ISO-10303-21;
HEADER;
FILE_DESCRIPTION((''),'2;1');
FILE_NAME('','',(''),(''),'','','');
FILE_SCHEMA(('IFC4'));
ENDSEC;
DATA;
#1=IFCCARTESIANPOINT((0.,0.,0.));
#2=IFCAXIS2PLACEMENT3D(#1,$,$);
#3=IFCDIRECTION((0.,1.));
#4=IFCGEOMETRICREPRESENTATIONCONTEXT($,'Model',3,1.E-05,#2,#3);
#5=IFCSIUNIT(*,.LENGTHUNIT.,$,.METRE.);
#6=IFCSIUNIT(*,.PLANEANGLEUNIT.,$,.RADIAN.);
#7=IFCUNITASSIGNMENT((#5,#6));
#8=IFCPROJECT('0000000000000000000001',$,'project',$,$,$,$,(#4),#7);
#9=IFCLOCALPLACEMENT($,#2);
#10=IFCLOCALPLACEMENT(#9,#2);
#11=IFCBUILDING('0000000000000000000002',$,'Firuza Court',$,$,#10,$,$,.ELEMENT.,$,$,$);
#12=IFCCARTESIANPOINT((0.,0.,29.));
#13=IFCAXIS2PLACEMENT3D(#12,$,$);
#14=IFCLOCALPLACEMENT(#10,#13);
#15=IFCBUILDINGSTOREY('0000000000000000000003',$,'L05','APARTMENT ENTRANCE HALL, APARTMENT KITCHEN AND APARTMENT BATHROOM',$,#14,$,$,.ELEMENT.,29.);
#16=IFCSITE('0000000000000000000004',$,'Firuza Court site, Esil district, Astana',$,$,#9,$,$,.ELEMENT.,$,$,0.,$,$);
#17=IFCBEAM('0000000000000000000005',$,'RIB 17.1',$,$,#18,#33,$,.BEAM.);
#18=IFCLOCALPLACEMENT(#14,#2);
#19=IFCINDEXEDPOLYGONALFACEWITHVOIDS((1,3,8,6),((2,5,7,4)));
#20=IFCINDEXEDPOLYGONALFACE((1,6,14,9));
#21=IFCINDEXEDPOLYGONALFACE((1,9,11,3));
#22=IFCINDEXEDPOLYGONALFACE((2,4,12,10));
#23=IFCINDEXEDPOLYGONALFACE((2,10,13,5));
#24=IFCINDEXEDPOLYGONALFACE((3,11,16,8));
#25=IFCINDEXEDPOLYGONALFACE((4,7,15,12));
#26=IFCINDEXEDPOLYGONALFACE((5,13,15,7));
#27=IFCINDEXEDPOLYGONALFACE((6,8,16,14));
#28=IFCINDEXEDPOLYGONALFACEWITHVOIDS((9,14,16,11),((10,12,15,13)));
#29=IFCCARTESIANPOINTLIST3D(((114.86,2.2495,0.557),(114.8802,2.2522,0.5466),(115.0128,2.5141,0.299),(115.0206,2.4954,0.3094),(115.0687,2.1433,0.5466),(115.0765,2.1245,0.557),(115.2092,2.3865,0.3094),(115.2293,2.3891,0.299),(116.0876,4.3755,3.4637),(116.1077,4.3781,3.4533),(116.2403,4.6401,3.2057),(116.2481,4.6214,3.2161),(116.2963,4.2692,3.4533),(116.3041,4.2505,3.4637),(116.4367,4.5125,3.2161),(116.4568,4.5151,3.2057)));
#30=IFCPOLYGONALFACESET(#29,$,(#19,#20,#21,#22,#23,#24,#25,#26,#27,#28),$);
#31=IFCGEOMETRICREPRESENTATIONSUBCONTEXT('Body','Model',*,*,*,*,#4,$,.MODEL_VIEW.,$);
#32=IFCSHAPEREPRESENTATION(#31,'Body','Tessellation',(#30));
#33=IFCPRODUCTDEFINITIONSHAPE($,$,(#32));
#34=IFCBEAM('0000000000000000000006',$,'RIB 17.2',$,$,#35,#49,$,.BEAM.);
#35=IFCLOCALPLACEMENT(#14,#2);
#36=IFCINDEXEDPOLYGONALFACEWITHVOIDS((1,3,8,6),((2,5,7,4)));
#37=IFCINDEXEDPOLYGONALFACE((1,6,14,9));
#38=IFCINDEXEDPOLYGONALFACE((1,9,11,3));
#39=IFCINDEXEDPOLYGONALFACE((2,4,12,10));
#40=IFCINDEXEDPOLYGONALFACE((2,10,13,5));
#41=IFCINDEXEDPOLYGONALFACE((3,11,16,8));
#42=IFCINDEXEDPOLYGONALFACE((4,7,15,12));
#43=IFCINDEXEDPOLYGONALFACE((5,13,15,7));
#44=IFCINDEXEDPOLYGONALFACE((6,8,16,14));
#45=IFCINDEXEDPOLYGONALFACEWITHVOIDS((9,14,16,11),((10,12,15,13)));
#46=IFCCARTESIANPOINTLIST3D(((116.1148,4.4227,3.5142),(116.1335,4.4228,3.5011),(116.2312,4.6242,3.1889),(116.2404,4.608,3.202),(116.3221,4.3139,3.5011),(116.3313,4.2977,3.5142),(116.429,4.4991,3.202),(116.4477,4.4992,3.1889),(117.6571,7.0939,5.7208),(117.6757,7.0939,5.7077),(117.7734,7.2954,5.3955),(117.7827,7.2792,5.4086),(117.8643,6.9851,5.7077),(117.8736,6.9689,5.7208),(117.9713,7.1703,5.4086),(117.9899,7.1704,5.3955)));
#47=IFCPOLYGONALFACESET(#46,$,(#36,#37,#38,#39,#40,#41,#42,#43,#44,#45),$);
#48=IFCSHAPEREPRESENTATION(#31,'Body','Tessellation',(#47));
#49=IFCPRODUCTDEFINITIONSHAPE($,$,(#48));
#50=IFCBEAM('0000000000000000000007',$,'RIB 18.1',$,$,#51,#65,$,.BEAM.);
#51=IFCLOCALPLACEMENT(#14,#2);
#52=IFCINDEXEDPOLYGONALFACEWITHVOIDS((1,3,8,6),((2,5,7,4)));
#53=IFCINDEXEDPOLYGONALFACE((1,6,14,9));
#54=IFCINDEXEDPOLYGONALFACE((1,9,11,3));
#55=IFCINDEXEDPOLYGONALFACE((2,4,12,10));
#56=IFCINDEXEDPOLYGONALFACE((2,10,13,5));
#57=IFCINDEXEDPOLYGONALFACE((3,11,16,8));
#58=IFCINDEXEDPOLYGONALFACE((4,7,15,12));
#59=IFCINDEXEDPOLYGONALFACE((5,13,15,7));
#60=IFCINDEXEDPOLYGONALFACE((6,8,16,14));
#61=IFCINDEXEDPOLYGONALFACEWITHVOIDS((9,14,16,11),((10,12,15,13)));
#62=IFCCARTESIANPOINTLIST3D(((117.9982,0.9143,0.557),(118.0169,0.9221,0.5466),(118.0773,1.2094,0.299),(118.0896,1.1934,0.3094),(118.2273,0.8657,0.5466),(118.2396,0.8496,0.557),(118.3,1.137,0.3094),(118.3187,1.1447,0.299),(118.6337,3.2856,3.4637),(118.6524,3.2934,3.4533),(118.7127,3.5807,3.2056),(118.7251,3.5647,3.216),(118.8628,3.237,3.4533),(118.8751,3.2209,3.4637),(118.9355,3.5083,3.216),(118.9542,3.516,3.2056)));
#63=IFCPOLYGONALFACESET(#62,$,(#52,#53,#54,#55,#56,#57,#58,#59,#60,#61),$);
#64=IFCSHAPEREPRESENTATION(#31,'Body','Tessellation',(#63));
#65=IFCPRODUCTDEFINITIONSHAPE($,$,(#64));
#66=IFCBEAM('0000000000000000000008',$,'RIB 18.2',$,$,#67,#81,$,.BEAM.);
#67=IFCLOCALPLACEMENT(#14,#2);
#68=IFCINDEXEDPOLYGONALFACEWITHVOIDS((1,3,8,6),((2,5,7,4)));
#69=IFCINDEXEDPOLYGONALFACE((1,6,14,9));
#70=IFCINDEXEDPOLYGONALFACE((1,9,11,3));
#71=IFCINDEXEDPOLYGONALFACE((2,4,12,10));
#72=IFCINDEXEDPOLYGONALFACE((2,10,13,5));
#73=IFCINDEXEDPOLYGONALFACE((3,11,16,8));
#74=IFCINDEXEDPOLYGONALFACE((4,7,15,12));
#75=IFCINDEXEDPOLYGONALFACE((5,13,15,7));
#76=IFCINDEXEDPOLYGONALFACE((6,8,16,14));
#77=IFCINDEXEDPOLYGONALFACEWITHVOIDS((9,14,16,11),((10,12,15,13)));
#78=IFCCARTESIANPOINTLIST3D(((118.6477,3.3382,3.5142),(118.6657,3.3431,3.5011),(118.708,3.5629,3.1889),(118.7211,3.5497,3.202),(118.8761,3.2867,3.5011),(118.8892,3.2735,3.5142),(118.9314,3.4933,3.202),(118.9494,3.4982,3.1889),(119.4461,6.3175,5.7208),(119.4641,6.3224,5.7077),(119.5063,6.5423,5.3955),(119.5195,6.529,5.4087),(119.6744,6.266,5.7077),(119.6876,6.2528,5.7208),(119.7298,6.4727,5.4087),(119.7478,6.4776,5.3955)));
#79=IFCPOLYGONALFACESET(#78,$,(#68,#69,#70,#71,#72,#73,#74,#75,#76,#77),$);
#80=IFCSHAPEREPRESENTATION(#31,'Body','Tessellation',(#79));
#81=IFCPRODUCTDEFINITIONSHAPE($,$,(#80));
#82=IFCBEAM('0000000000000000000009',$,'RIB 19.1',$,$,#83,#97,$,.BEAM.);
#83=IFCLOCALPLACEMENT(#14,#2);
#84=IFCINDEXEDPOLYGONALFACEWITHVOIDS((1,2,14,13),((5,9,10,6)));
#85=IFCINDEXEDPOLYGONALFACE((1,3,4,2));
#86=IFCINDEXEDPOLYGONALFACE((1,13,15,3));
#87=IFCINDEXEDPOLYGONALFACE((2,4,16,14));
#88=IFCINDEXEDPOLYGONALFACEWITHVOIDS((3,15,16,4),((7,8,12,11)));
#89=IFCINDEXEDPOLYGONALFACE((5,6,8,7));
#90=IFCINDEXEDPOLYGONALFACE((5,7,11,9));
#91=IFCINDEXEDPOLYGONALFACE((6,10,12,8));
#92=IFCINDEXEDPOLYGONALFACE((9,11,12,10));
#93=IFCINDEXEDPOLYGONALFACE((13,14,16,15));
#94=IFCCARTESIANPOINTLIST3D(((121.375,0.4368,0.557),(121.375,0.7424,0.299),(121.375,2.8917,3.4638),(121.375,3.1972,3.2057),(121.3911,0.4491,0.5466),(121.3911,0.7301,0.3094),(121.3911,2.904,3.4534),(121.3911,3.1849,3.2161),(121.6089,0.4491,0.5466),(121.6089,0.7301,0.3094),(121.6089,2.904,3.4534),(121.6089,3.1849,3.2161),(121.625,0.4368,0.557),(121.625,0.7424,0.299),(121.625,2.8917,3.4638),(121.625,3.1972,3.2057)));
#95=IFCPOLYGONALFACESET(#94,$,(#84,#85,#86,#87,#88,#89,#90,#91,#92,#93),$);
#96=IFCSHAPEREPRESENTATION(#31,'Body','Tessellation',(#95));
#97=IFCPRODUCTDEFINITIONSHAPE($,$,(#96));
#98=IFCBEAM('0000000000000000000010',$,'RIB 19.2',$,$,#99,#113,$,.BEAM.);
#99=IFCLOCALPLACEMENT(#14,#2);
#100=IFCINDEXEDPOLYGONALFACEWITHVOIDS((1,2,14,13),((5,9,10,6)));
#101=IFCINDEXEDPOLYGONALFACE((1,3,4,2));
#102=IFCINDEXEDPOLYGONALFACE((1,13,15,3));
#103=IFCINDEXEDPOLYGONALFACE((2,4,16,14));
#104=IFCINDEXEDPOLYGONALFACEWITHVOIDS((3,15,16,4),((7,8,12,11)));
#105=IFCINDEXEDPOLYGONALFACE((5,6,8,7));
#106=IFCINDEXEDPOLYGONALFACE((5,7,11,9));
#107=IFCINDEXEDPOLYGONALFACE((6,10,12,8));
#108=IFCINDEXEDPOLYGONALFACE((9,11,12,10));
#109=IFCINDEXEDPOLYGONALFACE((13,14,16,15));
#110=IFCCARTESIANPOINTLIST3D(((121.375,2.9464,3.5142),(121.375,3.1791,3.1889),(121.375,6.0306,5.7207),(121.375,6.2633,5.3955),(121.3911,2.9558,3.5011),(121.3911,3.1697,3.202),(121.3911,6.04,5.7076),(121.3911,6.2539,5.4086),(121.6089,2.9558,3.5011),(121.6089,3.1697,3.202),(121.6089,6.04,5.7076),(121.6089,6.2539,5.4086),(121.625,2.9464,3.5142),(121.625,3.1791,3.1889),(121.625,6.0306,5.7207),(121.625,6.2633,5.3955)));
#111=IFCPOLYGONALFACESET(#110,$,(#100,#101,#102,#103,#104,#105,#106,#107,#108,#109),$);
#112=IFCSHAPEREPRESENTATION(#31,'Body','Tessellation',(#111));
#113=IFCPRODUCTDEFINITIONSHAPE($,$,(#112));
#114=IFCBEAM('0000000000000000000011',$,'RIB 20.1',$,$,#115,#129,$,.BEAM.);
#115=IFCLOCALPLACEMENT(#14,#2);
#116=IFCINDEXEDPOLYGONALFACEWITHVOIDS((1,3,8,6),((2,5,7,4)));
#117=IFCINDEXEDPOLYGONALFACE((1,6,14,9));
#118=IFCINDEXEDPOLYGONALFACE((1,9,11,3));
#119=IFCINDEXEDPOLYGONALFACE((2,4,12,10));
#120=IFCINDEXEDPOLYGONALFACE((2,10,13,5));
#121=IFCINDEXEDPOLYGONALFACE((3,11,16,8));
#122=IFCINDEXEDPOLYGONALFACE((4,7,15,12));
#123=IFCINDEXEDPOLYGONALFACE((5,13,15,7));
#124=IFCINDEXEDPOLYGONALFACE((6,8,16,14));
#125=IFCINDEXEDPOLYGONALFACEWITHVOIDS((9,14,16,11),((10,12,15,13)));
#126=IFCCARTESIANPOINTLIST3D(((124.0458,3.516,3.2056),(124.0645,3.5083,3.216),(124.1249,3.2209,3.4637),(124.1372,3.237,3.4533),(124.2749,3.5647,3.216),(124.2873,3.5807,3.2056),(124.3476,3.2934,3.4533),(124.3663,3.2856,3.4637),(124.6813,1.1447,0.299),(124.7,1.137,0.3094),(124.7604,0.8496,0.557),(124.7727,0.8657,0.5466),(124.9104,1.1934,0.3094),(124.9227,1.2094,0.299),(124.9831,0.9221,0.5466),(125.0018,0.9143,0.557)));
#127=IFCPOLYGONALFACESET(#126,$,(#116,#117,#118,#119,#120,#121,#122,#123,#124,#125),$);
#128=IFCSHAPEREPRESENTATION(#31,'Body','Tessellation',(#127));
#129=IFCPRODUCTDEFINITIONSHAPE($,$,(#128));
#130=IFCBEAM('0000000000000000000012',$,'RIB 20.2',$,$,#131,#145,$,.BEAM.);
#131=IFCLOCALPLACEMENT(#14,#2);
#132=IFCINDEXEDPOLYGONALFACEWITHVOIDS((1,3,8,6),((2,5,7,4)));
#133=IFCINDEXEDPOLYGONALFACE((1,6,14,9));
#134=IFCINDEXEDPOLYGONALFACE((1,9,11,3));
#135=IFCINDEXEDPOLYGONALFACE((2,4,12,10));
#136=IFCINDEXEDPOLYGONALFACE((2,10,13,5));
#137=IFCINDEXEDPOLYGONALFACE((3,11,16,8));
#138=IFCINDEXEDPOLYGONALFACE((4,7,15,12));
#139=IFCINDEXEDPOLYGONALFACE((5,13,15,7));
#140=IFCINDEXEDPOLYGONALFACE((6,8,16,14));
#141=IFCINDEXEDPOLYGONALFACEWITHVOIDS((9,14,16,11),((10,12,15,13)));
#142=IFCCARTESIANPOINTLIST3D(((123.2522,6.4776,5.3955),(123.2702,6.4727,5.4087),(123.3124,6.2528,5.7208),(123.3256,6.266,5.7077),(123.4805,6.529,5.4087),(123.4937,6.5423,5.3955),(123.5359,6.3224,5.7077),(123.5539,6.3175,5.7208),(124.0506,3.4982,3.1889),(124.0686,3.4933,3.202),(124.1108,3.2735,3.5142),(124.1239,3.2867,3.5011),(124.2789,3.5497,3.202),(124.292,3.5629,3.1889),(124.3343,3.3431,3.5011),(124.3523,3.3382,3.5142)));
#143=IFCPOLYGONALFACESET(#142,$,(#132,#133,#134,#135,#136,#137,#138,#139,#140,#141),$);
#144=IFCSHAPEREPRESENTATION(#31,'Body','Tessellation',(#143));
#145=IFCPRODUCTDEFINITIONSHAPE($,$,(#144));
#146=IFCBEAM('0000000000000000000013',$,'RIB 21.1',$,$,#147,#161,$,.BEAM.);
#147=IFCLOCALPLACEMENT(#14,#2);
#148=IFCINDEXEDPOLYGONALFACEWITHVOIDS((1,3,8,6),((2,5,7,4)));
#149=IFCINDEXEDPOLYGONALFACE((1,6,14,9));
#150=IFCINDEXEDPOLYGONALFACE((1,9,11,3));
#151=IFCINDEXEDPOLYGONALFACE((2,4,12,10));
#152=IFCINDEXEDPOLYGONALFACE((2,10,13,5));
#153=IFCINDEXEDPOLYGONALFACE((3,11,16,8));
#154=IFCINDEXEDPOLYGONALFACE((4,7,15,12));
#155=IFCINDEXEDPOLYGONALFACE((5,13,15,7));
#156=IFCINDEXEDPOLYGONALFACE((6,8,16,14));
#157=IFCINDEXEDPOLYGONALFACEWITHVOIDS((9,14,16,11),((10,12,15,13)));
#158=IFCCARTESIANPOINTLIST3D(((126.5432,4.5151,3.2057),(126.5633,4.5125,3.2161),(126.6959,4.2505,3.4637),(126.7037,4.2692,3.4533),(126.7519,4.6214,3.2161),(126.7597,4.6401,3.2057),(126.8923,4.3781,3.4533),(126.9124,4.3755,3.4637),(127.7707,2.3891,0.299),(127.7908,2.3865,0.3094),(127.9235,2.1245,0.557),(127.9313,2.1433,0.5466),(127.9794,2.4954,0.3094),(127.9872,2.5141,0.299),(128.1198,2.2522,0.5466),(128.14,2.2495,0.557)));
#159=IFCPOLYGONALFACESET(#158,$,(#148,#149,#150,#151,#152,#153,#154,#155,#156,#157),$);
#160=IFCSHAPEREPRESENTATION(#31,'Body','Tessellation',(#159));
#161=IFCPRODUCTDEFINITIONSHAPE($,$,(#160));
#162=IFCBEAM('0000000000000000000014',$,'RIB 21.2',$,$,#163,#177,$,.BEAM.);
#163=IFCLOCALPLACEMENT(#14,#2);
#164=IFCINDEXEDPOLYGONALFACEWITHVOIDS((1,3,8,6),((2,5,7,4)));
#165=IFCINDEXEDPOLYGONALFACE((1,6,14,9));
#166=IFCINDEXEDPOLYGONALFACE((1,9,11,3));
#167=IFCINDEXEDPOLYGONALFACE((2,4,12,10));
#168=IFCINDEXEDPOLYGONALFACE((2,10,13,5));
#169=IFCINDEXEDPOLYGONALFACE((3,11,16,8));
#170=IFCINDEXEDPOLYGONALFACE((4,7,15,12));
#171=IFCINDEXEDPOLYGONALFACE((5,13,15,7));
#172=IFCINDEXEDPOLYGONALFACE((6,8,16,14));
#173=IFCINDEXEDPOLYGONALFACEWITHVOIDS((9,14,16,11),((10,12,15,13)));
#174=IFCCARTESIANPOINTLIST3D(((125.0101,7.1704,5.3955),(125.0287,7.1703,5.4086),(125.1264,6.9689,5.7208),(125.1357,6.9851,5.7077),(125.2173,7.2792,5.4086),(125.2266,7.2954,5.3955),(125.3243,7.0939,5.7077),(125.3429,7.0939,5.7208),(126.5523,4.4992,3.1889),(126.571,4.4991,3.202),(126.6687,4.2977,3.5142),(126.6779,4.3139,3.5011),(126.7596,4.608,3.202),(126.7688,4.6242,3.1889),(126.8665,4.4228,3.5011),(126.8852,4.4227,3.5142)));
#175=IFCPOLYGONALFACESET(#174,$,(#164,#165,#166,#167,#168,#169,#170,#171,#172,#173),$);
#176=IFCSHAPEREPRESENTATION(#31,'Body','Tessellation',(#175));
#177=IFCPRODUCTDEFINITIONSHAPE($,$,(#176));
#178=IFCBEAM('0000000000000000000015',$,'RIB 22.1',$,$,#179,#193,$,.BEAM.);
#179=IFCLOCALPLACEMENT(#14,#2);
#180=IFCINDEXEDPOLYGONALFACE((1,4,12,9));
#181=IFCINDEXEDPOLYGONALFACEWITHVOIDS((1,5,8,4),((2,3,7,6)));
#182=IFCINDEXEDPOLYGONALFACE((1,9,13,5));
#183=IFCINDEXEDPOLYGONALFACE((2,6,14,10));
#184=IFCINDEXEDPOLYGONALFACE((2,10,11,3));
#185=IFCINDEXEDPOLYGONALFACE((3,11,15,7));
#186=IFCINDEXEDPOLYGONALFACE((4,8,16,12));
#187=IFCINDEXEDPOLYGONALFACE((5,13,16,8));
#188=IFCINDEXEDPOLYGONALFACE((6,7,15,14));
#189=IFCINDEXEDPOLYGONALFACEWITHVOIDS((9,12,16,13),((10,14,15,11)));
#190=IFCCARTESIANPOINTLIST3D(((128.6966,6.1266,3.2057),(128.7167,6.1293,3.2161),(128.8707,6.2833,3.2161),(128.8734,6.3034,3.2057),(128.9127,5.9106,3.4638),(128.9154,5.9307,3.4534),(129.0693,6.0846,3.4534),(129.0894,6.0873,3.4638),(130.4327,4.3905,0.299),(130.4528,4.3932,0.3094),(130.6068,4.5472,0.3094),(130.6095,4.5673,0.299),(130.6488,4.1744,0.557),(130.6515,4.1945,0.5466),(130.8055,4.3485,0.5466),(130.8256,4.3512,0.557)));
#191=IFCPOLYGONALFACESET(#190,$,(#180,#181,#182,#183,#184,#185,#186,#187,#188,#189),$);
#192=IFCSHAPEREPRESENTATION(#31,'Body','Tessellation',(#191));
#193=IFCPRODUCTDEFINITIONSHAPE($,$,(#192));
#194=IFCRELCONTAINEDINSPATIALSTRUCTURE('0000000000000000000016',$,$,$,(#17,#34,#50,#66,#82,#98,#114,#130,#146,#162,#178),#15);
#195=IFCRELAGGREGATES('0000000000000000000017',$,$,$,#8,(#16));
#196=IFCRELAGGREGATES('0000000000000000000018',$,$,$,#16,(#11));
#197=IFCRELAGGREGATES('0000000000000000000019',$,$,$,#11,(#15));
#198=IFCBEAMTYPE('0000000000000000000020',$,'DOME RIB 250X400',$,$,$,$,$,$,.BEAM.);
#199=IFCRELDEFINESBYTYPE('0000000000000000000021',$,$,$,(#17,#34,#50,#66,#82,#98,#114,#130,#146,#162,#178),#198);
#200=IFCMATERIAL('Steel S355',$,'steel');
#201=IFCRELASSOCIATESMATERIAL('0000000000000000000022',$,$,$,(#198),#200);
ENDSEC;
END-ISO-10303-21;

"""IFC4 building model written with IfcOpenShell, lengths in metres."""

from ifc_helpers import new_model, si_unit, direction, frame, origin, origin_2d, place, context, subcontext, project, spatial, hollow_rectangle, extrude, material, material_profile, profile_set, type_object, element, save


model = new_model("IFC4")

# Units and contexts
model_context = context("Model", 3, precision=1e-05, world=origin(), true_north=direction((0.0, 1.0)))
body_context = subcontext(model_context, "Body", "Model", "MODEL_VIEW")
ifc_project = project(units=[si_unit("LENGTHUNIT", "METRE"), si_unit("PLANEANGLEUNIT", "RADIAN")], contexts=[model_context])

# Site, building, storey
site_placement = place(None, origin())
site = spatial("IfcSite", under=ifc_project, at=site_placement, Name="Firuza Court site, Esil district, Astana", CompositionType="ELEMENT", RefElevation=0.0)
building_placement = place(site_placement, origin())
building = spatial("IfcBuilding", under=site, at=building_placement, Name="Firuza Court", CompositionType="ELEMENT")
storey_placement = place(building_placement, frame((0.0, 0.0, 29.0)))
storey = spatial("IfcBuildingStorey", under=building, at=storey_placement, Name="L05", Description="APARTMENT ENTRANCE HALL, APARTMENT KITCHEN AND APARTMENT BATHROOM", CompositionType="ELEMENT", Elevation=29.0)

# Beams
ifc_material_1 = material(Name="Steel S355", Category="steel")
ifc_material_profile_1 = material_profile(ifc_material_1, hollow_rectangle(XDim=0.25, YDim=0.3999, WallThickness=0.0161, at=origin_2d()), Name="RHS 400X250X16")
ifc_profile_set_1 = profile_set([ifc_material_profile_1], Name="Steel S355")
beam_type_1 = type_object("IfcBeamType", Name="DOME RIB 250X400", PredefinedType="BEAM", material=ifc_profile_set_1)
beam_1_placement = place(storey_placement, frame((115.0447, 2.3193, 0.428), z_axis=(0.322637, 0.558776, 0.763986), x_axis=(-0.866007, 0.500032, 0.0)))
element("IfcBeam", 1, at=beam_1_placement, inside=storey, type_object=beam_type_1, Name="RIB 17.1", PredefinedType="BEAM", context=body_context, shape_type="SweptSolid", body=[
    extrude(hollow_rectangle(XDim=0.25, YDim=0.3999, WallThickness=0.0161, at=origin_2d()), origin(), (0.0, 0.0, 1.0), 3.8047),
])
beam_2_placement = place(storey_placement, frame((116.2812, 4.4609, 3.3516), z_axis=(0.406665, 0.70434, 0.581832), x_axis=(-0.866018, 0.500013, 0.0)))
element("IfcBeam", 2, at=beam_2_placement, inside=storey, type_object=beam_type_1, Name="RIB 17.2", PredefinedType="BEAM", context=body_context, shape_type="SweptSolid", body=[
    extrude(hollow_rectangle(XDim=0.25, YDim=0.3999, WallThickness=0.0161, at=origin_2d()), origin(), (0.0, 0.0, 1.0), 3.7925),
])
beam_3_placement = place(storey_placement, frame((118.1584, 1.0295, 0.428), z_axis=(0.167027, 0.623255, 0.763973), x_axis=(-0.965916, 0.258857, 0.0)))
element("IfcBeam", 3, at=beam_3_placement, inside=storey, type_object=beam_type_1, Name="RIB 18.1", PredefinedType="BEAM", context=body_context, shape_type="SweptSolid", body=[
    extrude(hollow_rectangle(XDim=0.25, YDim=0.3999, WallThickness=0.0161, at=origin_2d()), origin(), (0.0, 0.0, 1.0), 3.8047),
])
beam_4_placement = place(storey_placement, frame((118.7986, 3.4182, 3.3516), z_axis=(0.210512, 0.785589, 0.581837), x_axis=(-0.965922, 0.258835, 0.0)))
element("IfcBeam", 4, at=beam_4_placement, inside=storey, type_object=beam_type_1, Name="RIB 18.2", PredefinedType="BEAM", context=body_context, shape_type="SweptSolid", body=[
    extrude(hollow_rectangle(XDim=0.25, YDim=0.3999, WallThickness=0.0161, at=origin_2d()), origin(), (0.0, 0.0, 1.0), 3.7925),
])
beam_5_placement = place(storey_placement, frame((121.5, 0.5896, 0.428), z_axis=(0.0, 0.64522, 0.763997), x_axis=(-1.0, 0.0, 0.0)))
element("IfcBeam", 5, at=beam_5_placement, inside=storey, type_object=beam_type_1, Name="RIB 19.1", PredefinedType="BEAM", context=body_context, shape_type="SweptSolid", body=[
    extrude(hollow_rectangle(XDim=0.25, YDim=0.3999, WallThickness=0.0161, at=origin_2d()), origin(), (0.0, 0.0, 1.0), 3.8047),
])
beam_6_placement = place(storey_placement, frame((121.5, 3.0627, 3.3516), z_axis=(0.0, 0.813294, 0.581853), x_axis=(-1.0, 0.0, 0.0)))
element("IfcBeam", 6, at=beam_6_placement, inside=storey, type_object=beam_type_1, Name="RIB 19.2", PredefinedType="BEAM", context=body_context, shape_type="SweptSolid", body=[
    extrude(hollow_rectangle(XDim=0.25, YDim=0.3999, WallThickness=0.0161, at=origin_2d()), origin(), (0.0, 0.0, 1.0), 3.7922),
])
beam_7_placement = place(storey_placement, frame((124.8416, 1.0295, 0.428), z_axis=(-0.167027, 0.623255, 0.763973), x_axis=(-0.965916, -0.258857, 0.0)))
element("IfcBeam", 7, at=beam_7_placement, inside=storey, type_object=beam_type_1, Name="RIB 20.1", PredefinedType="BEAM", context=body_context, shape_type="SweptSolid", body=[
    extrude(hollow_rectangle(XDim=0.25, YDim=0.3999, WallThickness=0.0161, at=origin_2d()), origin(), (0.0, 0.0, 1.0), 3.8047),
])
beam_8_placement = place(storey_placement, frame((124.2014, 3.4182, 3.3516), z_axis=(-0.210512, 0.785589, 0.581837), x_axis=(-0.965922, -0.258835, 0.0)))
element("IfcBeam", 8, at=beam_8_placement, inside=storey, type_object=beam_type_1, Name="RIB 20.2", PredefinedType="BEAM", context=body_context, shape_type="SweptSolid", body=[
    extrude(hollow_rectangle(XDim=0.25, YDim=0.3999, WallThickness=0.0161, at=origin_2d()), origin(), (0.0, 0.0, 1.0), 3.7925),
])
beam_9_placement = place(storey_placement, frame((127.9553, 2.3193, 0.428), z_axis=(-0.322637, 0.558776, 0.763986), x_axis=(-0.866007, -0.500032, 0.0)))
element("IfcBeam", 9, at=beam_9_placement, inside=storey, type_object=beam_type_1, Name="RIB 21.1", PredefinedType="BEAM", context=body_context, shape_type="SweptSolid", body=[
    extrude(hollow_rectangle(XDim=0.25, YDim=0.3999, WallThickness=0.0161, at=origin_2d()), origin(), (0.0, 0.0, 1.0), 3.8047),
])
beam_10_placement = place(storey_placement, frame((126.7188, 4.4609, 3.3516), z_axis=(-0.406665, 0.70434, 0.581832), x_axis=(-0.866018, -0.500013, 0.0)))
element("IfcBeam", 10, at=beam_10_placement, inside=storey, type_object=beam_type_1, Name="RIB 21.2", PredefinedType="BEAM", context=body_context, shape_type="SweptSolid", body=[
    extrude(hollow_rectangle(XDim=0.25, YDim=0.3999, WallThickness=0.0161, at=origin_2d()), origin(), (0.0, 0.0, 1.0), 3.7925),
])
beam_11_placement = place(storey_placement, frame((130.6292, 4.3708, 0.428), z_axis=(-0.456278, 0.456278, 0.76395), x_axis=(-0.707107, -0.707107, 0.0)))
element("IfcBeam", 11, at=beam_11_placement, inside=storey, type_object=beam_type_1, Name="RIB 22.1", PredefinedType="BEAM", context=body_context, shape_type="SweptSolid", body=[
    extrude(hollow_rectangle(XDim=0.25, YDim=0.3999, WallThickness=0.0161, at=origin_2d()), origin(), (0.0, 0.0, 1.0), 3.8049),
])

save(model, "model.ifc")
